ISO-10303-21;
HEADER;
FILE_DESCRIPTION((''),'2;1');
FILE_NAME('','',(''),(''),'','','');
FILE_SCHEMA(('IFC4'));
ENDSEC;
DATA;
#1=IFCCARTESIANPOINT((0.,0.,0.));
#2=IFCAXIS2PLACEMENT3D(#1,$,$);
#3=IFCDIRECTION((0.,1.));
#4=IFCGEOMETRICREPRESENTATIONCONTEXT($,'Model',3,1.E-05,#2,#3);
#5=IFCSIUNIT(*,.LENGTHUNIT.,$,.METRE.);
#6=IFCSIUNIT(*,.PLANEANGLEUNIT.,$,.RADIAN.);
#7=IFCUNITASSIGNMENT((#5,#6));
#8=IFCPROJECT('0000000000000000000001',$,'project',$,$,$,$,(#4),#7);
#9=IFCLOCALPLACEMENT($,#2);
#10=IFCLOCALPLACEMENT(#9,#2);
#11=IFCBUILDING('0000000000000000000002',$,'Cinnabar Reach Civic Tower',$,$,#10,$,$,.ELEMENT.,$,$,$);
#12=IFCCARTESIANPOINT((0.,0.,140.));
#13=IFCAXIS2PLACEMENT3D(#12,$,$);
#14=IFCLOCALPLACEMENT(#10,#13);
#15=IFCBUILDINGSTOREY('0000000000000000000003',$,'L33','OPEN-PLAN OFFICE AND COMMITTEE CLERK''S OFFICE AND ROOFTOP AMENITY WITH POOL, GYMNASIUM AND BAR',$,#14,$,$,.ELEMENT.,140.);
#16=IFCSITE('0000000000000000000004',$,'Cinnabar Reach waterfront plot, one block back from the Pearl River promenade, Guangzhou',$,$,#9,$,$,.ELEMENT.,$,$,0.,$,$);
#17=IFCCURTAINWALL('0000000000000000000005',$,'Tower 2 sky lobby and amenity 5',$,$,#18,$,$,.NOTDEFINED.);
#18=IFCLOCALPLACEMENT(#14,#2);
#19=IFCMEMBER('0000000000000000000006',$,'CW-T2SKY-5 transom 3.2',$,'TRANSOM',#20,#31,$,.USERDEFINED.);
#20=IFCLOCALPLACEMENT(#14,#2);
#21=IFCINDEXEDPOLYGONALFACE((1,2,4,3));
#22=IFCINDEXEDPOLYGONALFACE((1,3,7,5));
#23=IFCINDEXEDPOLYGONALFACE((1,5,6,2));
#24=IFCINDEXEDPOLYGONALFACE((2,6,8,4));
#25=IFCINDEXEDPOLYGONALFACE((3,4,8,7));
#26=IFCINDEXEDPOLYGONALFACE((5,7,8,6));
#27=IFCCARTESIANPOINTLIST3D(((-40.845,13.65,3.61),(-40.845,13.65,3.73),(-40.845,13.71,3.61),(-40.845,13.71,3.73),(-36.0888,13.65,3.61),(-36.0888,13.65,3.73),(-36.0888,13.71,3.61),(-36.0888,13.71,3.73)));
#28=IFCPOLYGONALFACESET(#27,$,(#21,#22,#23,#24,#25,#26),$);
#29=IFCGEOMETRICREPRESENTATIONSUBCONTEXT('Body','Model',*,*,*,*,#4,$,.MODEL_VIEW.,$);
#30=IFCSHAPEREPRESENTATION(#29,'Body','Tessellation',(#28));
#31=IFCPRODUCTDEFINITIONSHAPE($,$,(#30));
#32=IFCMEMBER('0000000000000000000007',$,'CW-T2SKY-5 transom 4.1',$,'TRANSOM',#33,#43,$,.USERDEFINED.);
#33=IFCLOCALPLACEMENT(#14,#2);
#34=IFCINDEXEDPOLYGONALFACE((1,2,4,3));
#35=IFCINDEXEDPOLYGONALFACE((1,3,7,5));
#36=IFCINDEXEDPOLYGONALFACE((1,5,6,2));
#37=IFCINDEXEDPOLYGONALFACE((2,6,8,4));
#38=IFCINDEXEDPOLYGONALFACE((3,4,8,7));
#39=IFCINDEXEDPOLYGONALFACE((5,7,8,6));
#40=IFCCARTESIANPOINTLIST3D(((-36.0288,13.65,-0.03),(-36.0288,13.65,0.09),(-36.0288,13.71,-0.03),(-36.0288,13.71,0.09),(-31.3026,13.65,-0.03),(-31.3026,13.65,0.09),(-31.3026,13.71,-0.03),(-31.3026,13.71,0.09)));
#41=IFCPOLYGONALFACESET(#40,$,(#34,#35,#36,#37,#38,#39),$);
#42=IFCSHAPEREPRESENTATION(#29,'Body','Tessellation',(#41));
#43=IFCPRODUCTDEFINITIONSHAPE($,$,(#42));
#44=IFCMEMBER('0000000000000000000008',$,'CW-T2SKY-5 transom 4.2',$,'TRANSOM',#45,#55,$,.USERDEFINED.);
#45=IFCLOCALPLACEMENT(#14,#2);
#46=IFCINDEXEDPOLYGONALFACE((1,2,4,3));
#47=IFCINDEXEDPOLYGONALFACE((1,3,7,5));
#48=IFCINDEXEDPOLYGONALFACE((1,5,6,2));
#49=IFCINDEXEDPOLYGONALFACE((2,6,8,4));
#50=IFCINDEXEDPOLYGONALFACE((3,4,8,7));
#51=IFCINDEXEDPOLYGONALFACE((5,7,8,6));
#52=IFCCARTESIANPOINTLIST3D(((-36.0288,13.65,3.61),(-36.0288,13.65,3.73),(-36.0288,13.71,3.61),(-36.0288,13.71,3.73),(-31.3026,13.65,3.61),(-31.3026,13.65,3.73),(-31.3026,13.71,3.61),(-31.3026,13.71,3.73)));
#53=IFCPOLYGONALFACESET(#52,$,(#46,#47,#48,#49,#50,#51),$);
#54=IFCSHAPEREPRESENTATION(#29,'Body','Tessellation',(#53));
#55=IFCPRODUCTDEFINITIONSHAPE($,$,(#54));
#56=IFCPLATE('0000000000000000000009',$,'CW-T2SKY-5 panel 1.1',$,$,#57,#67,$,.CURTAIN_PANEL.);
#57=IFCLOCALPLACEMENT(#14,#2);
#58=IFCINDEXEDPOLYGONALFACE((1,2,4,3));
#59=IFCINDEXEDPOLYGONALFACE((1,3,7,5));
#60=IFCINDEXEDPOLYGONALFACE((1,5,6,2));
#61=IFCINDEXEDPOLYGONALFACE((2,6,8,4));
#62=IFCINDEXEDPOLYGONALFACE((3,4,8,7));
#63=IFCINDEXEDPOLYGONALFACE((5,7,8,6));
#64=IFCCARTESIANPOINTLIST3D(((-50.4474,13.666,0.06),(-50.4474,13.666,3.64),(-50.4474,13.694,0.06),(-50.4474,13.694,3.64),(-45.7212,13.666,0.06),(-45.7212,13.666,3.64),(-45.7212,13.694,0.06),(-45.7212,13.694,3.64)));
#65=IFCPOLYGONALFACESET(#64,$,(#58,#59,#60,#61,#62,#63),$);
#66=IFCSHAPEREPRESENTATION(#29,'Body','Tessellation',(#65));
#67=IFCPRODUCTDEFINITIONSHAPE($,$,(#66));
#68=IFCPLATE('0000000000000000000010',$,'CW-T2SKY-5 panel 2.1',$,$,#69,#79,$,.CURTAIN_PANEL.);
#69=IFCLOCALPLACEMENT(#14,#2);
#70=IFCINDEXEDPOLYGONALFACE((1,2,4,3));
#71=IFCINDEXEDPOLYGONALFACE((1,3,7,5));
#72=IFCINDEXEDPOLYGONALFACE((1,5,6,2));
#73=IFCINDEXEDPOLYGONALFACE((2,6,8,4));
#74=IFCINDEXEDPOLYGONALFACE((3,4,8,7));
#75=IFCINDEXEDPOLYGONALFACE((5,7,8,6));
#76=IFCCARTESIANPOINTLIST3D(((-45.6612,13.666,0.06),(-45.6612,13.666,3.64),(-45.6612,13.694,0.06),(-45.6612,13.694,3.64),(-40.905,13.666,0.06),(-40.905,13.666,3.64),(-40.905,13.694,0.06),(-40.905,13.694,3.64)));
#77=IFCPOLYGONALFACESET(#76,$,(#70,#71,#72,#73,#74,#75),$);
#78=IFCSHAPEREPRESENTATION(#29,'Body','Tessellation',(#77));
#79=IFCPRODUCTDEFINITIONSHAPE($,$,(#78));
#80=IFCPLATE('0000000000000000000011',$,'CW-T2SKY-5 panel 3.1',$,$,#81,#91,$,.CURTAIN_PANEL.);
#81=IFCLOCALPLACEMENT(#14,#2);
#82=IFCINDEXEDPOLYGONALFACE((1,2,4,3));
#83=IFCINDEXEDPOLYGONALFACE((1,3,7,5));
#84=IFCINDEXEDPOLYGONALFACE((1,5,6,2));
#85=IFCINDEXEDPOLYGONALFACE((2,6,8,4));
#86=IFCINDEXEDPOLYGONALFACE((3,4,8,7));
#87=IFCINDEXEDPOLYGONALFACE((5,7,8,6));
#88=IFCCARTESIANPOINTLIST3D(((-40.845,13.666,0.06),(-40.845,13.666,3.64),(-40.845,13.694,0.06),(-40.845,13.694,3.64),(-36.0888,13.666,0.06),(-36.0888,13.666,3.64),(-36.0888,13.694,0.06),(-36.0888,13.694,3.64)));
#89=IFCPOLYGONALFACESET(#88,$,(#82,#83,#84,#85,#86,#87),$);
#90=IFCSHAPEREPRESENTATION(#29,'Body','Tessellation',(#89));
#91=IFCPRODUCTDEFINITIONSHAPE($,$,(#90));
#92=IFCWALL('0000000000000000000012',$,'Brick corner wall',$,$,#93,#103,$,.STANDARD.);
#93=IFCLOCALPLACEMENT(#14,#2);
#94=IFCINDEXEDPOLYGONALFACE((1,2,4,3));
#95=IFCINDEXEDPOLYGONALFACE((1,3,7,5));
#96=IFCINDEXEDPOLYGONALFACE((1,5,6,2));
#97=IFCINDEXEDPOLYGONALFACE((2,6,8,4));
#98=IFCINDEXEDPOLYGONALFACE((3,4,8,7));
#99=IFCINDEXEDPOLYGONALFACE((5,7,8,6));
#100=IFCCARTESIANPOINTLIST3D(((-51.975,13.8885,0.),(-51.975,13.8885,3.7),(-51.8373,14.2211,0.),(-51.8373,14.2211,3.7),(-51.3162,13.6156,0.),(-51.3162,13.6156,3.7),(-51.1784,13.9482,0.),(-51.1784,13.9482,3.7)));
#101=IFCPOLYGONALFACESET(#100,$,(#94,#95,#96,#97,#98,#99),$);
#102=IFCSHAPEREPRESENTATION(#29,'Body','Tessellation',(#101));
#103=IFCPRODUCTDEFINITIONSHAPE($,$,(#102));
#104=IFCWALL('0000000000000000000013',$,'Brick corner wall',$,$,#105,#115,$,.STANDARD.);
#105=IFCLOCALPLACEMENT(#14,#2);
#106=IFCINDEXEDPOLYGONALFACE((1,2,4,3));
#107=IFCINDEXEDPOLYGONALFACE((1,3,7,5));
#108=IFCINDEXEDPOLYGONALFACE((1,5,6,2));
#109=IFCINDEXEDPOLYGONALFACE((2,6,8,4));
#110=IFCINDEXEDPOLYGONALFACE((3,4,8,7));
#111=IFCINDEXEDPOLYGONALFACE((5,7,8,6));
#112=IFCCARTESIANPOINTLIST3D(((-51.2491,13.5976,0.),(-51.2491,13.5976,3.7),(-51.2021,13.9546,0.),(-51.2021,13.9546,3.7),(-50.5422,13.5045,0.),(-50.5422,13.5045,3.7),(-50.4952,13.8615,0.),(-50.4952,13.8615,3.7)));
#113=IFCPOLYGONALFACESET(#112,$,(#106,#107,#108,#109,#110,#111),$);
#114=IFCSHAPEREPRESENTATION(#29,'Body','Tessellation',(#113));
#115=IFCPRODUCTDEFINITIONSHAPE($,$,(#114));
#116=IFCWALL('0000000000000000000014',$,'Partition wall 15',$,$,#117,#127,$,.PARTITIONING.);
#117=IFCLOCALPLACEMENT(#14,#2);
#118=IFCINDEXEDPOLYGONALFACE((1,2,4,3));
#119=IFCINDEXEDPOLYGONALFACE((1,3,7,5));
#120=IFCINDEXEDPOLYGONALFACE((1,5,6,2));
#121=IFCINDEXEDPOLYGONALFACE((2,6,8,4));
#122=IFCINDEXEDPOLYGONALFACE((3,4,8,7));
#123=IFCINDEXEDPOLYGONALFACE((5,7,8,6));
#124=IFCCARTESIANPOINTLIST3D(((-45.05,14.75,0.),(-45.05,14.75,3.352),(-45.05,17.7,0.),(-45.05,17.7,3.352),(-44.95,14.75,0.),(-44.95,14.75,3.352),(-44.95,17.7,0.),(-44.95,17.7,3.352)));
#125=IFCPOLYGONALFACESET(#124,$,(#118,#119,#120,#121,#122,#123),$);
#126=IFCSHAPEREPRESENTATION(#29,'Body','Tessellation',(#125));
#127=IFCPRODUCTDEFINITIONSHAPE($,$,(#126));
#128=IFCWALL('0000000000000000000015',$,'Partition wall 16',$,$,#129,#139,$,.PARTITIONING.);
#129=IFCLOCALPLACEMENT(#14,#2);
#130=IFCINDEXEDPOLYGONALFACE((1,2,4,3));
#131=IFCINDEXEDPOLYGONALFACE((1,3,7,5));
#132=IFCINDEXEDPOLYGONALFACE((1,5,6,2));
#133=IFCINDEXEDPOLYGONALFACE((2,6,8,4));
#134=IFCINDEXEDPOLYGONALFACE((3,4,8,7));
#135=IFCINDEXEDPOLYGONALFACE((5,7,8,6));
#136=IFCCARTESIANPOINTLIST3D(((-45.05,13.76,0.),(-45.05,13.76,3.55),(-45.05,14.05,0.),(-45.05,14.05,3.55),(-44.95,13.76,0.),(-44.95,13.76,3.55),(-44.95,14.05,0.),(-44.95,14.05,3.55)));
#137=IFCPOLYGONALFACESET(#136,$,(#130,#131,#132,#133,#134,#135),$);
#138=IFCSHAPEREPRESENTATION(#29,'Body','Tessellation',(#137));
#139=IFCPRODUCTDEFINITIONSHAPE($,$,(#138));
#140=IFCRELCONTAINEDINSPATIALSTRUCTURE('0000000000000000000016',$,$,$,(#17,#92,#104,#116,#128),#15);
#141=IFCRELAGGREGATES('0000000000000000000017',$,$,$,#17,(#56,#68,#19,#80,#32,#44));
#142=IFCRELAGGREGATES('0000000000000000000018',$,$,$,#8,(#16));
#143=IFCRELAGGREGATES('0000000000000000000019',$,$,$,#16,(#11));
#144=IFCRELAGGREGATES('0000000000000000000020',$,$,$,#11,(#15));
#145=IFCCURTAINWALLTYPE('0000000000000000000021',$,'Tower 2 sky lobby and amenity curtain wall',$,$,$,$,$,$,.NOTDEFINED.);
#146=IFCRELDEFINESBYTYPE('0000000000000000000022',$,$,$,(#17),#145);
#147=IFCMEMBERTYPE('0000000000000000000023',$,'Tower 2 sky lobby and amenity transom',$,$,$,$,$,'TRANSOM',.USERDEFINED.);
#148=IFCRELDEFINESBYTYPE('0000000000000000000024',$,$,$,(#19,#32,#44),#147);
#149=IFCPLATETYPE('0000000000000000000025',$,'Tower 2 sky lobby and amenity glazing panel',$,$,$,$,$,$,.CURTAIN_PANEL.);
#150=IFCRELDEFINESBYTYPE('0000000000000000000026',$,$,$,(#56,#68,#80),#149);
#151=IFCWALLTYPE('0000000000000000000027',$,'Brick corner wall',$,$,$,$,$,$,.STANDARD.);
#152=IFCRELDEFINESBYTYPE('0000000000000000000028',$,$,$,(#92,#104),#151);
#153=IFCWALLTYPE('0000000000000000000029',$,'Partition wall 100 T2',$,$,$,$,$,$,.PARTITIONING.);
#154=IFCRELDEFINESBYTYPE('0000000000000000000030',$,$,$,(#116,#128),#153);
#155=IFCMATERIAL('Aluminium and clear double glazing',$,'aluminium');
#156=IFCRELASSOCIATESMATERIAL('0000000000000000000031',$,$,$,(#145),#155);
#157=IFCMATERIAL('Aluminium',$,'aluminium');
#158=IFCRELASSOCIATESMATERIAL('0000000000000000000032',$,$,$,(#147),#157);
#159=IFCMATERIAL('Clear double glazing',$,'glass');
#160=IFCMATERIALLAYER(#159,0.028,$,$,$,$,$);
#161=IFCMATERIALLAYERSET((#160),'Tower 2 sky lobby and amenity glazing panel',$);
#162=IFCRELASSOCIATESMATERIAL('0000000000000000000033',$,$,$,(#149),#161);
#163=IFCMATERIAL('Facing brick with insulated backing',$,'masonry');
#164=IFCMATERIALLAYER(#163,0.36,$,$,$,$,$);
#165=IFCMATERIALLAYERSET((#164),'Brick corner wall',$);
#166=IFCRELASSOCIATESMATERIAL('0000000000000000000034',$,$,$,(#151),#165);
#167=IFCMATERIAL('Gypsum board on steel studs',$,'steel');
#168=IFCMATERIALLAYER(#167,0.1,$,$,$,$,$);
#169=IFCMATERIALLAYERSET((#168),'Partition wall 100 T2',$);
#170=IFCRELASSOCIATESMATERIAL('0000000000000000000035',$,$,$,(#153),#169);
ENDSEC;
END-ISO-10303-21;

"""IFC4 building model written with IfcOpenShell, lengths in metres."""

from ifc_helpers import new_model, si_unit, direction, frame, frame_2d, origin, origin_2d, place, context, subcontext, project, spatial, rectangle, extrude, material, layer, layer_set, material_profile, profile_set, type_object, element, aggregate, save


model = new_model("IFC4")

# Units and contexts
model_context = context("Model", 3, precision=1e-05, world=origin(), true_north=direction((0.0, 1.0)))
body_context = subcontext(model_context, "Body", "Model", "MODEL_VIEW")
ifc_project = project(units=[si_unit("LENGTHUNIT", "METRE"), si_unit("PLANEANGLEUNIT", "RADIAN")], contexts=[model_context])

# Site, building, storey
site_placement = place(None, origin())
site = spatial("IfcSite", under=ifc_project, at=site_placement, Name="Cinnabar Reach waterfront plot, one block back from the Pearl River promenade, Guangzhou", CompositionType="ELEMENT", RefElevation=0.0)
building_placement = place(site_placement, origin())
building = spatial("IfcBuilding", under=site, at=building_placement, Name="Cinnabar Reach Civic Tower", CompositionType="ELEMENT")
storey_placement = place(building_placement, frame((0.0, 0.0, 140.0)))
storey = spatial("IfcBuildingStorey", under=building, at=storey_placement, Name="L33", Description="OPEN-PLAN OFFICE AND COMMITTEE CLERK'S OFFICE AND ROOFTOP AMENITY WITH POOL, GYMNASIUM AND BAR", CompositionType="ELEMENT", Elevation=140.0)

# Curtain wall, members, plates
ifc_material_1 = material(Name="Aluminium and clear double glazing", Category="aluminium")
curtain_wall_type = type_object("IfcCurtainWallType", Name="Tower 2 sky lobby and amenity curtain wall", PredefinedType="NOTDEFINED", material=ifc_material_1)
curtain_wall_placement = place(storey_placement, origin())
curtain_wall = element("IfcCurtainWall", 1, at=curtain_wall_placement, inside=storey, type_object=curtain_wall_type, Name="Tower 2 sky lobby and amenity 5", PredefinedType="NOTDEFINED")
ifc_material_2 = material(Name="Aluminium", Category="aluminium")
ifc_material_profile_1 = material_profile(ifc_material_2, rectangle(XDim=0.06, YDim=0.12, at=origin_2d()), Name="Tower 2 sky lobby and amenity transom")
ifc_profile_set_1 = profile_set([ifc_material_profile_1], Name="Aluminium")
member_type_1 = type_object("IfcMemberType", Name="Tower 2 sky lobby and amenity transom", ElementType="TRANSOM", PredefinedType="USERDEFINED", material=ifc_profile_set_1)
member_1_placement = place(storey_placement, frame((-40.845, 13.68, 3.67), z_axis=(1.0, 0.0, 0.0), x_axis=(0.0, 1.0, 0.0)))
member_1 = element("IfcMember", 2, at=member_1_placement, type_object=member_type_1, Name="CW-T2SKY-5 transom 3.2", ObjectType="TRANSOM", PredefinedType="USERDEFINED", context=body_context, shape_type="SweptSolid", body=[
    extrude(rectangle(XDim=0.06, YDim=0.12, at=origin_2d()), origin(), (0.0, 0.0, 1.0), 4.7562),
])
member_2_placement = place(storey_placement, frame((-36.0288, 13.68, 0.03), z_axis=(1.0, 0.0, 0.0), x_axis=(0.0, 1.0, 0.0)))
member_2 = element("IfcMember", 3, at=member_2_placement, type_object=member_type_1, Name="CW-T2SKY-5 transom 4.1", ObjectType="TRANSOM", PredefinedType="USERDEFINED", context=body_context, shape_type="SweptSolid", body=[
    extrude(rectangle(XDim=0.06, YDim=0.12, at=origin_2d()), origin(), (0.0, 0.0, 1.0), 4.7262),
])
member_3_placement = place(storey_placement, frame((-36.0288, 13.68, 3.67), z_axis=(1.0, 0.0, 0.0), x_axis=(0.0, 1.0, 0.0)))
member_3 = element("IfcMember", 4, at=member_3_placement, type_object=member_type_1, Name="CW-T2SKY-5 transom 4.2", ObjectType="TRANSOM", PredefinedType="USERDEFINED", context=body_context, shape_type="SweptSolid", body=[
    extrude(rectangle(XDim=0.06, YDim=0.12, at=origin_2d()), origin(), (0.0, 0.0, 1.0), 4.7262),
])
ifc_material_3 = material(Name="Clear double glazing", Category="glass")
ifc_layer_1 = layer(ifc_material_3, 0.028)
ifc_layer_set_1 = layer_set([ifc_layer_1], Name="Tower 2 sky lobby and amenity glazing panel")
plate_type = type_object("IfcPlateType", Name="Tower 2 sky lobby and amenity glazing panel", PredefinedType="CURTAIN_PANEL", material=ifc_layer_set_1)
plate_1_placement = place(storey_placement, frame((-48.0843, 13.68, 0.06), z_axis=(0.0, 0.0, 1.0), x_axis=(1.0, 0.0, 0.0)))
plate_1 = element("IfcPlate", 5, at=plate_1_placement, type_object=plate_type, Name="CW-T2SKY-5 panel 1.1", PredefinedType="CURTAIN_PANEL", context=body_context, shape_type="SweptSolid", body=[
    extrude(rectangle(XDim=4.7262, YDim=0.028, at=origin_2d()), origin(), (0.0, 0.0, 1.0), 3.58),
])
plate_2_placement = place(storey_placement, frame((-43.2831, 13.68, 0.06), z_axis=(0.0, 0.0, 1.0), x_axis=(1.0, 0.0, 0.0)))
plate_2 = element("IfcPlate", 6, at=plate_2_placement, type_object=plate_type, Name="CW-T2SKY-5 panel 2.1", PredefinedType="CURTAIN_PANEL", context=body_context, shape_type="SweptSolid", body=[
    extrude(rectangle(XDim=4.7562, YDim=0.028, at=origin_2d()), origin(), (0.0, 0.0, 1.0), 3.58),
])
plate_3_placement = place(storey_placement, frame((-38.4669, 13.68, 0.06), z_axis=(0.0, 0.0, 1.0), x_axis=(1.0, 0.0, 0.0)))
plate_3 = element("IfcPlate", 7, at=plate_3_placement, type_object=plate_type, Name="CW-T2SKY-5 panel 3.1", PredefinedType="CURTAIN_PANEL", context=body_context, shape_type="SweptSolid", body=[
    extrude(rectangle(XDim=4.7562, YDim=0.028, at=origin_2d()), origin(), (0.0, 0.0, 1.0), 3.58),
])
aggregate(curtain_wall, [plate_1, plate_2, member_1, plate_3, member_2, member_3])

# Walls
ifc_material_4 = material(Name="Facing brick with insulated backing", Category="masonry")
ifc_layer_2 = layer(ifc_material_4, 0.36)
ifc_layer_set_2 = layer_set([ifc_layer_2], Name="Brick corner wall")
wall_type_1 = type_object("IfcWallType", Name="Brick corner wall", PredefinedType="STANDARD", material=ifc_layer_set_2)
for number, where, z_axis, x_axis, name in (
    (8, (-51.9061, 14.0548, 0.0), (0.0, 0.0, 1.0), (0.923872, -0.382703, 0.0), "Brick corner wall"),
    (9, (-51.2256, 13.7761, 0.0), (0.0, 0.0, 1.0), (0.991441, -0.130556, 0.0), "Brick corner wall"),
):
    element("IfcWall", number, at=place(storey_placement, frame(where, z_axis=z_axis, x_axis=x_axis)), inside=storey, type_object=wall_type_1, Name=name, PredefinedType="STANDARD", context=body_context, shape_type="SweptSolid", body=[
        extrude(rectangle(XDim=0.7131, YDim=0.36, at=frame_2d((0.3565, 0.0))), origin(), (0.0, 0.0, 1.0), 3.7),
    ])
ifc_material_5 = material(Name="Gypsum board on steel studs", Category="steel")
ifc_layer_3 = layer(ifc_material_5, 0.1)
ifc_layer_set_3 = layer_set([ifc_layer_3], Name="Partition wall 100 T2")
wall_type_2 = type_object("IfcWallType", Name="Partition wall 100 T2", PredefinedType="PARTITIONING", material=ifc_layer_set_3)
wall_1_placement = place(storey_placement, frame((-45.0, 14.75, 0.0), z_axis=(0.0, 0.0, 1.0), x_axis=(0.0, 1.0, 0.0)))
element("IfcWall", 10, at=wall_1_placement, inside=storey, type_object=wall_type_2, Name="Partition wall 15", PredefinedType="PARTITIONING", context=body_context, shape_type="SweptSolid", body=[
    extrude(rectangle(XDim=2.95, YDim=0.1, at=frame_2d((1.475, 0.0))), origin(), (0.0, 0.0, 1.0), 3.352),
])
wall_2_placement = place(storey_placement, frame((-45.0, 13.76, 0.0), z_axis=(0.0, 0.0, 1.0), x_axis=(0.0, 1.0, 0.0)))
element("IfcWall", 11, at=wall_2_placement, inside=storey, type_object=wall_type_2, Name="Partition wall 16", PredefinedType="PARTITIONING", context=body_context, shape_type="SweptSolid", body=[
    extrude(rectangle(XDim=0.29, YDim=0.1, at=frame_2d((0.145, 0.0))), origin(), (0.0, 0.0, 1.0), 3.55),
])

save(model, "model.ifc")
